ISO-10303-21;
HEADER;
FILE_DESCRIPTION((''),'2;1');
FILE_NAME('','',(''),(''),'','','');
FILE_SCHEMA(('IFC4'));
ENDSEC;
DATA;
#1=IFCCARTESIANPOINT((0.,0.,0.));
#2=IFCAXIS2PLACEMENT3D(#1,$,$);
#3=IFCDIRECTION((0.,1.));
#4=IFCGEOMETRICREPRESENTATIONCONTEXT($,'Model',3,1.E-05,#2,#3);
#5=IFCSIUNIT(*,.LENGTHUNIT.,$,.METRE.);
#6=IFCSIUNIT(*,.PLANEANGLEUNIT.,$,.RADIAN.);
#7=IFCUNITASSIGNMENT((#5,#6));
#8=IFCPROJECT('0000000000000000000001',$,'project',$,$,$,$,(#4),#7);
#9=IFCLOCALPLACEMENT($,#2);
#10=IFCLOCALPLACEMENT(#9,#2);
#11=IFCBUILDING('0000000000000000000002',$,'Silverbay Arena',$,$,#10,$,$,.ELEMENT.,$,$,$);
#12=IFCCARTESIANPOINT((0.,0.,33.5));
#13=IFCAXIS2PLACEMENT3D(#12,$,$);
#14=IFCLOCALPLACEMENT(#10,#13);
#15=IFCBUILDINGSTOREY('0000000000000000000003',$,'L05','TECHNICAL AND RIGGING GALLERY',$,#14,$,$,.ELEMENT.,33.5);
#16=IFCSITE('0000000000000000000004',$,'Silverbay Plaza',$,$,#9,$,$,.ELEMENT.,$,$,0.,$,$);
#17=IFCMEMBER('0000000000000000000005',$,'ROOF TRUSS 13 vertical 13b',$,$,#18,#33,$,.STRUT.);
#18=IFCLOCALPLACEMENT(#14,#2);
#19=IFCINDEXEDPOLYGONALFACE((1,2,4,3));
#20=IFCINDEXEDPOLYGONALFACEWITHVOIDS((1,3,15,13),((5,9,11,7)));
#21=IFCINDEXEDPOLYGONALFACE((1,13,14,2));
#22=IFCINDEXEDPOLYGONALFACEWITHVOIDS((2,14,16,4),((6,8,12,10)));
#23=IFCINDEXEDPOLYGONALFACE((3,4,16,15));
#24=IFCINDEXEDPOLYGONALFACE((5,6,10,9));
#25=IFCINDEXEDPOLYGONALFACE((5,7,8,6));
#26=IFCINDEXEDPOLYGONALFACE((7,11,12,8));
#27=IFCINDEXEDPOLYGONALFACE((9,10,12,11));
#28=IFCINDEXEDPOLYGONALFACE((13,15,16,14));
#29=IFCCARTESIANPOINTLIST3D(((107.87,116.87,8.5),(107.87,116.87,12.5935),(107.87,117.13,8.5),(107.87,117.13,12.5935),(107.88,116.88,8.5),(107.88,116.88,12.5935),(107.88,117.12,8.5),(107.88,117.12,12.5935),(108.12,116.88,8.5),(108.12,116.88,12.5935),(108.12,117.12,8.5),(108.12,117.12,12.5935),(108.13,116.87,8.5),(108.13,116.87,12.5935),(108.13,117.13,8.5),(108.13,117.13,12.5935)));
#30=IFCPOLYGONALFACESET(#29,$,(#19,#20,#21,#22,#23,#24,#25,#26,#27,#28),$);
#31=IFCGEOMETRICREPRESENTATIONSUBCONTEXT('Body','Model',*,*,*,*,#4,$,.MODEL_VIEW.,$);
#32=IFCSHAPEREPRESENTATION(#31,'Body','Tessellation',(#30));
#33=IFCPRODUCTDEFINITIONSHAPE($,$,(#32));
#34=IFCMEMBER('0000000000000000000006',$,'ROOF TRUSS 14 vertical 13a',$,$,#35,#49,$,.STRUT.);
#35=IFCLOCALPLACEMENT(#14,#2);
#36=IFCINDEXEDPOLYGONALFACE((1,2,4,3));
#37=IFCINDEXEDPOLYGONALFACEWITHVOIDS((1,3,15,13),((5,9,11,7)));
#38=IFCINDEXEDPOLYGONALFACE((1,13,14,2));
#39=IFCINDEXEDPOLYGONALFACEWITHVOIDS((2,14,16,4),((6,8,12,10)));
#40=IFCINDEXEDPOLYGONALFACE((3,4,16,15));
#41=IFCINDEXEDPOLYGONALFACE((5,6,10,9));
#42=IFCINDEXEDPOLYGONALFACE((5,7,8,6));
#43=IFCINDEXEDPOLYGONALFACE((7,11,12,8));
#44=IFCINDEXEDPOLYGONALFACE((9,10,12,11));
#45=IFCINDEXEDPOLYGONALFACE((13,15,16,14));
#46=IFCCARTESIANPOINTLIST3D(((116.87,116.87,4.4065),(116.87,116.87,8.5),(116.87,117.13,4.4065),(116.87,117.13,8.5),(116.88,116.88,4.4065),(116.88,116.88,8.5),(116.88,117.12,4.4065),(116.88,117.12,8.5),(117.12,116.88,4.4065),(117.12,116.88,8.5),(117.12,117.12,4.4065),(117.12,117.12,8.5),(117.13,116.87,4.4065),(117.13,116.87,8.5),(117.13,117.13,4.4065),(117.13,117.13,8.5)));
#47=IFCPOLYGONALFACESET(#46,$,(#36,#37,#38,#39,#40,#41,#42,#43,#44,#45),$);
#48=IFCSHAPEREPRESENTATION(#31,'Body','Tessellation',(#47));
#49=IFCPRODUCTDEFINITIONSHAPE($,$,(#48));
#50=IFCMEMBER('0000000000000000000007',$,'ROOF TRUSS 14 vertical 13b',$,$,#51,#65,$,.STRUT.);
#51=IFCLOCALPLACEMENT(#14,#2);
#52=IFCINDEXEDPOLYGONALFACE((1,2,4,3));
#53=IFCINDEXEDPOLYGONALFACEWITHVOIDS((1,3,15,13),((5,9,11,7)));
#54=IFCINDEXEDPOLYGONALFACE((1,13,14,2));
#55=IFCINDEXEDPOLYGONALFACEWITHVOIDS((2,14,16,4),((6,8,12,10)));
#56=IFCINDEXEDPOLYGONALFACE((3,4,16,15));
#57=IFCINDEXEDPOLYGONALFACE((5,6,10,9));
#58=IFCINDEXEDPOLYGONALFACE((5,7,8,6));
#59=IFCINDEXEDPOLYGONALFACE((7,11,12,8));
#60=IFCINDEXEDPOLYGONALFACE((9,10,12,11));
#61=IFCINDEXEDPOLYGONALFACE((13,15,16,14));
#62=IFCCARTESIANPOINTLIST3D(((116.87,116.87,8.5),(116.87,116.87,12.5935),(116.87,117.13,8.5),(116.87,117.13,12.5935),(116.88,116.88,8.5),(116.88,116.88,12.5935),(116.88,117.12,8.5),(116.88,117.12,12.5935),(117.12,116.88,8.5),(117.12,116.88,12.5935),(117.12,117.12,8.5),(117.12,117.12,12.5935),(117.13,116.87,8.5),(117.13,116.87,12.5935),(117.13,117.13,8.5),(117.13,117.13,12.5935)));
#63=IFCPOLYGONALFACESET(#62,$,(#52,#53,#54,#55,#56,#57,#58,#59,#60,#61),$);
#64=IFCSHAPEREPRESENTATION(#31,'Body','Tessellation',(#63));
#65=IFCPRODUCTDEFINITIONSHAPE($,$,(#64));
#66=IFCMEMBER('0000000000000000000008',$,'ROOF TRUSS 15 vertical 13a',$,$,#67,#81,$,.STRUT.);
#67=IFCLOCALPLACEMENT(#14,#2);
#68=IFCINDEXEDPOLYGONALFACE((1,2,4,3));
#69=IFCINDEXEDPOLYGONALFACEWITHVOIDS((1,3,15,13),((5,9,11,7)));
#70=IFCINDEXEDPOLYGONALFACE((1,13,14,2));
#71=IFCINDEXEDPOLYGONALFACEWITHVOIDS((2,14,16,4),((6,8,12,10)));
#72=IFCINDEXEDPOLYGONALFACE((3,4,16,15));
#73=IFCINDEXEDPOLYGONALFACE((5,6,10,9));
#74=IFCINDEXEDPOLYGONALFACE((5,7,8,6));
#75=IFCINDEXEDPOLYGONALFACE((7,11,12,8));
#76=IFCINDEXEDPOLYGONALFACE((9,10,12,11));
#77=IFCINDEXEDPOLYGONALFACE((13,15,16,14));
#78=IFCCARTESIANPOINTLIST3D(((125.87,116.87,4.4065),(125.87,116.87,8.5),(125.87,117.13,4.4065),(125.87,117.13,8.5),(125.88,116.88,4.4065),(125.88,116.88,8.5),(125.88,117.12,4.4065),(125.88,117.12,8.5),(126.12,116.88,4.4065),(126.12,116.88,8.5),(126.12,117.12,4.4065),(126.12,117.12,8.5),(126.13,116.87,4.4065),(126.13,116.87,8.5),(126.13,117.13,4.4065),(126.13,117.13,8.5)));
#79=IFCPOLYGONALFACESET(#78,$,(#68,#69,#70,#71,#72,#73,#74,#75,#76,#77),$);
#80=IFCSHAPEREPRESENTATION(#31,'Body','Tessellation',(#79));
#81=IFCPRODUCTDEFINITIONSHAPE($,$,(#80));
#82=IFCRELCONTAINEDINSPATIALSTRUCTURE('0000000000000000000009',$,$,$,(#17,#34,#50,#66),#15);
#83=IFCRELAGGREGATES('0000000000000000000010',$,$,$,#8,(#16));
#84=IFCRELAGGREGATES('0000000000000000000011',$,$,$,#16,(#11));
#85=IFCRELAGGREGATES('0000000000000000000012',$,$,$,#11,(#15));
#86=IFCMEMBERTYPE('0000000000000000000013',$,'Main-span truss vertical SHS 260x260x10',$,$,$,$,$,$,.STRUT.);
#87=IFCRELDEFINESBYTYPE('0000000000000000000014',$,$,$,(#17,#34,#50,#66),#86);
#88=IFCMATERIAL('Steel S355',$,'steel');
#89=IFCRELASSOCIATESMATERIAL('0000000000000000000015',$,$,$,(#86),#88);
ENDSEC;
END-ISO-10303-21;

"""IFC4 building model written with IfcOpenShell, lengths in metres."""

from ifc_helpers import new_model, si_unit, direction, frame, origin, origin_2d, place, context, subcontext, project, spatial, hollow_rectangle, extrude, material, material_profile, profile_set, type_object, element, save


model = new_model("IFC4")

# Units and contexts
model_context = context("Model", 3, precision=1e-05, world=origin(), true_north=direction((0.0, 1.0)))
body_context = subcontext(model_context, "Body", "Model", "MODEL_VIEW")
ifc_project = project(units=[si_unit("LENGTHUNIT", "METRE"), si_unit("PLANEANGLEUNIT", "RADIAN")], contexts=[model_context])

# Site, building, storey
site_placement = place(None, origin())
site = spatial("IfcSite", under=ifc_project, at=site_placement, Name="Silverbay Plaza", CompositionType="ELEMENT", RefElevation=0.0)
building_placement = place(site_placement, origin())
building = spatial("IfcBuilding", under=site, at=building_placement, Name="Silverbay Arena", CompositionType="ELEMENT")
storey_placement = place(building_placement, frame((0.0, 0.0, 33.5)))
storey = spatial("IfcBuildingStorey", under=building, at=storey_placement, Name="L05", Description="TECHNICAL AND RIGGING GALLERY", CompositionType="ELEMENT", Elevation=33.5)

# Members
ifc_material_1 = material(Name="Steel S355", Category="steel")
ifc_material_profile_1 = material_profile(ifc_material_1, hollow_rectangle(XDim=0.26, YDim=0.26, WallThickness=0.01, at=origin_2d()), Name="SHS 260x260x10")
ifc_profile_set_1 = profile_set([ifc_material_profile_1], Name="Steel S355")
member_type_1 = type_object("IfcMemberType", Name="Main-span truss vertical SHS 260x260x10", PredefinedType="STRUT", material=ifc_profile_set_1)
for number, where, z_axis, x_axis, name in (
    (1, (108.0, 117.0, 8.5), (0.0, 0.0, 1.0), (1.0, 0.0, 0.0), "ROOF TRUSS 13 vertical 13b"),
    (2, (117.0, 117.0, 4.4065), (0.0, 0.0, 1.0), (1.0, 0.0, 0.0), "ROOF TRUSS 14 vertical 13a"),
    (3, (117.0, 117.0, 8.5), (0.0, 0.0, 1.0), (1.0, 0.0, 0.0), "ROOF TRUSS 14 vertical 13b"),
    (4, (126.0, 117.0, 4.4065), (0.0, 0.0, 1.0), (1.0, 0.0, 0.0), "ROOF TRUSS 15 vertical 13a"),
):
    element("IfcMember", number, at=place(storey_placement, frame(where, z_axis=z_axis, x_axis=x_axis)), inside=storey, type_object=member_type_1, Name=name, PredefinedType="STRUT", context=body_context, shape_type="SweptSolid", body=[
        extrude(hollow_rectangle(XDim=0.26, YDim=0.26, WallThickness=0.01, at=origin_2d()), origin(), (0.0, 0.0, 1.0), 4.0935),
    ])

save(model, "model.ifc")
